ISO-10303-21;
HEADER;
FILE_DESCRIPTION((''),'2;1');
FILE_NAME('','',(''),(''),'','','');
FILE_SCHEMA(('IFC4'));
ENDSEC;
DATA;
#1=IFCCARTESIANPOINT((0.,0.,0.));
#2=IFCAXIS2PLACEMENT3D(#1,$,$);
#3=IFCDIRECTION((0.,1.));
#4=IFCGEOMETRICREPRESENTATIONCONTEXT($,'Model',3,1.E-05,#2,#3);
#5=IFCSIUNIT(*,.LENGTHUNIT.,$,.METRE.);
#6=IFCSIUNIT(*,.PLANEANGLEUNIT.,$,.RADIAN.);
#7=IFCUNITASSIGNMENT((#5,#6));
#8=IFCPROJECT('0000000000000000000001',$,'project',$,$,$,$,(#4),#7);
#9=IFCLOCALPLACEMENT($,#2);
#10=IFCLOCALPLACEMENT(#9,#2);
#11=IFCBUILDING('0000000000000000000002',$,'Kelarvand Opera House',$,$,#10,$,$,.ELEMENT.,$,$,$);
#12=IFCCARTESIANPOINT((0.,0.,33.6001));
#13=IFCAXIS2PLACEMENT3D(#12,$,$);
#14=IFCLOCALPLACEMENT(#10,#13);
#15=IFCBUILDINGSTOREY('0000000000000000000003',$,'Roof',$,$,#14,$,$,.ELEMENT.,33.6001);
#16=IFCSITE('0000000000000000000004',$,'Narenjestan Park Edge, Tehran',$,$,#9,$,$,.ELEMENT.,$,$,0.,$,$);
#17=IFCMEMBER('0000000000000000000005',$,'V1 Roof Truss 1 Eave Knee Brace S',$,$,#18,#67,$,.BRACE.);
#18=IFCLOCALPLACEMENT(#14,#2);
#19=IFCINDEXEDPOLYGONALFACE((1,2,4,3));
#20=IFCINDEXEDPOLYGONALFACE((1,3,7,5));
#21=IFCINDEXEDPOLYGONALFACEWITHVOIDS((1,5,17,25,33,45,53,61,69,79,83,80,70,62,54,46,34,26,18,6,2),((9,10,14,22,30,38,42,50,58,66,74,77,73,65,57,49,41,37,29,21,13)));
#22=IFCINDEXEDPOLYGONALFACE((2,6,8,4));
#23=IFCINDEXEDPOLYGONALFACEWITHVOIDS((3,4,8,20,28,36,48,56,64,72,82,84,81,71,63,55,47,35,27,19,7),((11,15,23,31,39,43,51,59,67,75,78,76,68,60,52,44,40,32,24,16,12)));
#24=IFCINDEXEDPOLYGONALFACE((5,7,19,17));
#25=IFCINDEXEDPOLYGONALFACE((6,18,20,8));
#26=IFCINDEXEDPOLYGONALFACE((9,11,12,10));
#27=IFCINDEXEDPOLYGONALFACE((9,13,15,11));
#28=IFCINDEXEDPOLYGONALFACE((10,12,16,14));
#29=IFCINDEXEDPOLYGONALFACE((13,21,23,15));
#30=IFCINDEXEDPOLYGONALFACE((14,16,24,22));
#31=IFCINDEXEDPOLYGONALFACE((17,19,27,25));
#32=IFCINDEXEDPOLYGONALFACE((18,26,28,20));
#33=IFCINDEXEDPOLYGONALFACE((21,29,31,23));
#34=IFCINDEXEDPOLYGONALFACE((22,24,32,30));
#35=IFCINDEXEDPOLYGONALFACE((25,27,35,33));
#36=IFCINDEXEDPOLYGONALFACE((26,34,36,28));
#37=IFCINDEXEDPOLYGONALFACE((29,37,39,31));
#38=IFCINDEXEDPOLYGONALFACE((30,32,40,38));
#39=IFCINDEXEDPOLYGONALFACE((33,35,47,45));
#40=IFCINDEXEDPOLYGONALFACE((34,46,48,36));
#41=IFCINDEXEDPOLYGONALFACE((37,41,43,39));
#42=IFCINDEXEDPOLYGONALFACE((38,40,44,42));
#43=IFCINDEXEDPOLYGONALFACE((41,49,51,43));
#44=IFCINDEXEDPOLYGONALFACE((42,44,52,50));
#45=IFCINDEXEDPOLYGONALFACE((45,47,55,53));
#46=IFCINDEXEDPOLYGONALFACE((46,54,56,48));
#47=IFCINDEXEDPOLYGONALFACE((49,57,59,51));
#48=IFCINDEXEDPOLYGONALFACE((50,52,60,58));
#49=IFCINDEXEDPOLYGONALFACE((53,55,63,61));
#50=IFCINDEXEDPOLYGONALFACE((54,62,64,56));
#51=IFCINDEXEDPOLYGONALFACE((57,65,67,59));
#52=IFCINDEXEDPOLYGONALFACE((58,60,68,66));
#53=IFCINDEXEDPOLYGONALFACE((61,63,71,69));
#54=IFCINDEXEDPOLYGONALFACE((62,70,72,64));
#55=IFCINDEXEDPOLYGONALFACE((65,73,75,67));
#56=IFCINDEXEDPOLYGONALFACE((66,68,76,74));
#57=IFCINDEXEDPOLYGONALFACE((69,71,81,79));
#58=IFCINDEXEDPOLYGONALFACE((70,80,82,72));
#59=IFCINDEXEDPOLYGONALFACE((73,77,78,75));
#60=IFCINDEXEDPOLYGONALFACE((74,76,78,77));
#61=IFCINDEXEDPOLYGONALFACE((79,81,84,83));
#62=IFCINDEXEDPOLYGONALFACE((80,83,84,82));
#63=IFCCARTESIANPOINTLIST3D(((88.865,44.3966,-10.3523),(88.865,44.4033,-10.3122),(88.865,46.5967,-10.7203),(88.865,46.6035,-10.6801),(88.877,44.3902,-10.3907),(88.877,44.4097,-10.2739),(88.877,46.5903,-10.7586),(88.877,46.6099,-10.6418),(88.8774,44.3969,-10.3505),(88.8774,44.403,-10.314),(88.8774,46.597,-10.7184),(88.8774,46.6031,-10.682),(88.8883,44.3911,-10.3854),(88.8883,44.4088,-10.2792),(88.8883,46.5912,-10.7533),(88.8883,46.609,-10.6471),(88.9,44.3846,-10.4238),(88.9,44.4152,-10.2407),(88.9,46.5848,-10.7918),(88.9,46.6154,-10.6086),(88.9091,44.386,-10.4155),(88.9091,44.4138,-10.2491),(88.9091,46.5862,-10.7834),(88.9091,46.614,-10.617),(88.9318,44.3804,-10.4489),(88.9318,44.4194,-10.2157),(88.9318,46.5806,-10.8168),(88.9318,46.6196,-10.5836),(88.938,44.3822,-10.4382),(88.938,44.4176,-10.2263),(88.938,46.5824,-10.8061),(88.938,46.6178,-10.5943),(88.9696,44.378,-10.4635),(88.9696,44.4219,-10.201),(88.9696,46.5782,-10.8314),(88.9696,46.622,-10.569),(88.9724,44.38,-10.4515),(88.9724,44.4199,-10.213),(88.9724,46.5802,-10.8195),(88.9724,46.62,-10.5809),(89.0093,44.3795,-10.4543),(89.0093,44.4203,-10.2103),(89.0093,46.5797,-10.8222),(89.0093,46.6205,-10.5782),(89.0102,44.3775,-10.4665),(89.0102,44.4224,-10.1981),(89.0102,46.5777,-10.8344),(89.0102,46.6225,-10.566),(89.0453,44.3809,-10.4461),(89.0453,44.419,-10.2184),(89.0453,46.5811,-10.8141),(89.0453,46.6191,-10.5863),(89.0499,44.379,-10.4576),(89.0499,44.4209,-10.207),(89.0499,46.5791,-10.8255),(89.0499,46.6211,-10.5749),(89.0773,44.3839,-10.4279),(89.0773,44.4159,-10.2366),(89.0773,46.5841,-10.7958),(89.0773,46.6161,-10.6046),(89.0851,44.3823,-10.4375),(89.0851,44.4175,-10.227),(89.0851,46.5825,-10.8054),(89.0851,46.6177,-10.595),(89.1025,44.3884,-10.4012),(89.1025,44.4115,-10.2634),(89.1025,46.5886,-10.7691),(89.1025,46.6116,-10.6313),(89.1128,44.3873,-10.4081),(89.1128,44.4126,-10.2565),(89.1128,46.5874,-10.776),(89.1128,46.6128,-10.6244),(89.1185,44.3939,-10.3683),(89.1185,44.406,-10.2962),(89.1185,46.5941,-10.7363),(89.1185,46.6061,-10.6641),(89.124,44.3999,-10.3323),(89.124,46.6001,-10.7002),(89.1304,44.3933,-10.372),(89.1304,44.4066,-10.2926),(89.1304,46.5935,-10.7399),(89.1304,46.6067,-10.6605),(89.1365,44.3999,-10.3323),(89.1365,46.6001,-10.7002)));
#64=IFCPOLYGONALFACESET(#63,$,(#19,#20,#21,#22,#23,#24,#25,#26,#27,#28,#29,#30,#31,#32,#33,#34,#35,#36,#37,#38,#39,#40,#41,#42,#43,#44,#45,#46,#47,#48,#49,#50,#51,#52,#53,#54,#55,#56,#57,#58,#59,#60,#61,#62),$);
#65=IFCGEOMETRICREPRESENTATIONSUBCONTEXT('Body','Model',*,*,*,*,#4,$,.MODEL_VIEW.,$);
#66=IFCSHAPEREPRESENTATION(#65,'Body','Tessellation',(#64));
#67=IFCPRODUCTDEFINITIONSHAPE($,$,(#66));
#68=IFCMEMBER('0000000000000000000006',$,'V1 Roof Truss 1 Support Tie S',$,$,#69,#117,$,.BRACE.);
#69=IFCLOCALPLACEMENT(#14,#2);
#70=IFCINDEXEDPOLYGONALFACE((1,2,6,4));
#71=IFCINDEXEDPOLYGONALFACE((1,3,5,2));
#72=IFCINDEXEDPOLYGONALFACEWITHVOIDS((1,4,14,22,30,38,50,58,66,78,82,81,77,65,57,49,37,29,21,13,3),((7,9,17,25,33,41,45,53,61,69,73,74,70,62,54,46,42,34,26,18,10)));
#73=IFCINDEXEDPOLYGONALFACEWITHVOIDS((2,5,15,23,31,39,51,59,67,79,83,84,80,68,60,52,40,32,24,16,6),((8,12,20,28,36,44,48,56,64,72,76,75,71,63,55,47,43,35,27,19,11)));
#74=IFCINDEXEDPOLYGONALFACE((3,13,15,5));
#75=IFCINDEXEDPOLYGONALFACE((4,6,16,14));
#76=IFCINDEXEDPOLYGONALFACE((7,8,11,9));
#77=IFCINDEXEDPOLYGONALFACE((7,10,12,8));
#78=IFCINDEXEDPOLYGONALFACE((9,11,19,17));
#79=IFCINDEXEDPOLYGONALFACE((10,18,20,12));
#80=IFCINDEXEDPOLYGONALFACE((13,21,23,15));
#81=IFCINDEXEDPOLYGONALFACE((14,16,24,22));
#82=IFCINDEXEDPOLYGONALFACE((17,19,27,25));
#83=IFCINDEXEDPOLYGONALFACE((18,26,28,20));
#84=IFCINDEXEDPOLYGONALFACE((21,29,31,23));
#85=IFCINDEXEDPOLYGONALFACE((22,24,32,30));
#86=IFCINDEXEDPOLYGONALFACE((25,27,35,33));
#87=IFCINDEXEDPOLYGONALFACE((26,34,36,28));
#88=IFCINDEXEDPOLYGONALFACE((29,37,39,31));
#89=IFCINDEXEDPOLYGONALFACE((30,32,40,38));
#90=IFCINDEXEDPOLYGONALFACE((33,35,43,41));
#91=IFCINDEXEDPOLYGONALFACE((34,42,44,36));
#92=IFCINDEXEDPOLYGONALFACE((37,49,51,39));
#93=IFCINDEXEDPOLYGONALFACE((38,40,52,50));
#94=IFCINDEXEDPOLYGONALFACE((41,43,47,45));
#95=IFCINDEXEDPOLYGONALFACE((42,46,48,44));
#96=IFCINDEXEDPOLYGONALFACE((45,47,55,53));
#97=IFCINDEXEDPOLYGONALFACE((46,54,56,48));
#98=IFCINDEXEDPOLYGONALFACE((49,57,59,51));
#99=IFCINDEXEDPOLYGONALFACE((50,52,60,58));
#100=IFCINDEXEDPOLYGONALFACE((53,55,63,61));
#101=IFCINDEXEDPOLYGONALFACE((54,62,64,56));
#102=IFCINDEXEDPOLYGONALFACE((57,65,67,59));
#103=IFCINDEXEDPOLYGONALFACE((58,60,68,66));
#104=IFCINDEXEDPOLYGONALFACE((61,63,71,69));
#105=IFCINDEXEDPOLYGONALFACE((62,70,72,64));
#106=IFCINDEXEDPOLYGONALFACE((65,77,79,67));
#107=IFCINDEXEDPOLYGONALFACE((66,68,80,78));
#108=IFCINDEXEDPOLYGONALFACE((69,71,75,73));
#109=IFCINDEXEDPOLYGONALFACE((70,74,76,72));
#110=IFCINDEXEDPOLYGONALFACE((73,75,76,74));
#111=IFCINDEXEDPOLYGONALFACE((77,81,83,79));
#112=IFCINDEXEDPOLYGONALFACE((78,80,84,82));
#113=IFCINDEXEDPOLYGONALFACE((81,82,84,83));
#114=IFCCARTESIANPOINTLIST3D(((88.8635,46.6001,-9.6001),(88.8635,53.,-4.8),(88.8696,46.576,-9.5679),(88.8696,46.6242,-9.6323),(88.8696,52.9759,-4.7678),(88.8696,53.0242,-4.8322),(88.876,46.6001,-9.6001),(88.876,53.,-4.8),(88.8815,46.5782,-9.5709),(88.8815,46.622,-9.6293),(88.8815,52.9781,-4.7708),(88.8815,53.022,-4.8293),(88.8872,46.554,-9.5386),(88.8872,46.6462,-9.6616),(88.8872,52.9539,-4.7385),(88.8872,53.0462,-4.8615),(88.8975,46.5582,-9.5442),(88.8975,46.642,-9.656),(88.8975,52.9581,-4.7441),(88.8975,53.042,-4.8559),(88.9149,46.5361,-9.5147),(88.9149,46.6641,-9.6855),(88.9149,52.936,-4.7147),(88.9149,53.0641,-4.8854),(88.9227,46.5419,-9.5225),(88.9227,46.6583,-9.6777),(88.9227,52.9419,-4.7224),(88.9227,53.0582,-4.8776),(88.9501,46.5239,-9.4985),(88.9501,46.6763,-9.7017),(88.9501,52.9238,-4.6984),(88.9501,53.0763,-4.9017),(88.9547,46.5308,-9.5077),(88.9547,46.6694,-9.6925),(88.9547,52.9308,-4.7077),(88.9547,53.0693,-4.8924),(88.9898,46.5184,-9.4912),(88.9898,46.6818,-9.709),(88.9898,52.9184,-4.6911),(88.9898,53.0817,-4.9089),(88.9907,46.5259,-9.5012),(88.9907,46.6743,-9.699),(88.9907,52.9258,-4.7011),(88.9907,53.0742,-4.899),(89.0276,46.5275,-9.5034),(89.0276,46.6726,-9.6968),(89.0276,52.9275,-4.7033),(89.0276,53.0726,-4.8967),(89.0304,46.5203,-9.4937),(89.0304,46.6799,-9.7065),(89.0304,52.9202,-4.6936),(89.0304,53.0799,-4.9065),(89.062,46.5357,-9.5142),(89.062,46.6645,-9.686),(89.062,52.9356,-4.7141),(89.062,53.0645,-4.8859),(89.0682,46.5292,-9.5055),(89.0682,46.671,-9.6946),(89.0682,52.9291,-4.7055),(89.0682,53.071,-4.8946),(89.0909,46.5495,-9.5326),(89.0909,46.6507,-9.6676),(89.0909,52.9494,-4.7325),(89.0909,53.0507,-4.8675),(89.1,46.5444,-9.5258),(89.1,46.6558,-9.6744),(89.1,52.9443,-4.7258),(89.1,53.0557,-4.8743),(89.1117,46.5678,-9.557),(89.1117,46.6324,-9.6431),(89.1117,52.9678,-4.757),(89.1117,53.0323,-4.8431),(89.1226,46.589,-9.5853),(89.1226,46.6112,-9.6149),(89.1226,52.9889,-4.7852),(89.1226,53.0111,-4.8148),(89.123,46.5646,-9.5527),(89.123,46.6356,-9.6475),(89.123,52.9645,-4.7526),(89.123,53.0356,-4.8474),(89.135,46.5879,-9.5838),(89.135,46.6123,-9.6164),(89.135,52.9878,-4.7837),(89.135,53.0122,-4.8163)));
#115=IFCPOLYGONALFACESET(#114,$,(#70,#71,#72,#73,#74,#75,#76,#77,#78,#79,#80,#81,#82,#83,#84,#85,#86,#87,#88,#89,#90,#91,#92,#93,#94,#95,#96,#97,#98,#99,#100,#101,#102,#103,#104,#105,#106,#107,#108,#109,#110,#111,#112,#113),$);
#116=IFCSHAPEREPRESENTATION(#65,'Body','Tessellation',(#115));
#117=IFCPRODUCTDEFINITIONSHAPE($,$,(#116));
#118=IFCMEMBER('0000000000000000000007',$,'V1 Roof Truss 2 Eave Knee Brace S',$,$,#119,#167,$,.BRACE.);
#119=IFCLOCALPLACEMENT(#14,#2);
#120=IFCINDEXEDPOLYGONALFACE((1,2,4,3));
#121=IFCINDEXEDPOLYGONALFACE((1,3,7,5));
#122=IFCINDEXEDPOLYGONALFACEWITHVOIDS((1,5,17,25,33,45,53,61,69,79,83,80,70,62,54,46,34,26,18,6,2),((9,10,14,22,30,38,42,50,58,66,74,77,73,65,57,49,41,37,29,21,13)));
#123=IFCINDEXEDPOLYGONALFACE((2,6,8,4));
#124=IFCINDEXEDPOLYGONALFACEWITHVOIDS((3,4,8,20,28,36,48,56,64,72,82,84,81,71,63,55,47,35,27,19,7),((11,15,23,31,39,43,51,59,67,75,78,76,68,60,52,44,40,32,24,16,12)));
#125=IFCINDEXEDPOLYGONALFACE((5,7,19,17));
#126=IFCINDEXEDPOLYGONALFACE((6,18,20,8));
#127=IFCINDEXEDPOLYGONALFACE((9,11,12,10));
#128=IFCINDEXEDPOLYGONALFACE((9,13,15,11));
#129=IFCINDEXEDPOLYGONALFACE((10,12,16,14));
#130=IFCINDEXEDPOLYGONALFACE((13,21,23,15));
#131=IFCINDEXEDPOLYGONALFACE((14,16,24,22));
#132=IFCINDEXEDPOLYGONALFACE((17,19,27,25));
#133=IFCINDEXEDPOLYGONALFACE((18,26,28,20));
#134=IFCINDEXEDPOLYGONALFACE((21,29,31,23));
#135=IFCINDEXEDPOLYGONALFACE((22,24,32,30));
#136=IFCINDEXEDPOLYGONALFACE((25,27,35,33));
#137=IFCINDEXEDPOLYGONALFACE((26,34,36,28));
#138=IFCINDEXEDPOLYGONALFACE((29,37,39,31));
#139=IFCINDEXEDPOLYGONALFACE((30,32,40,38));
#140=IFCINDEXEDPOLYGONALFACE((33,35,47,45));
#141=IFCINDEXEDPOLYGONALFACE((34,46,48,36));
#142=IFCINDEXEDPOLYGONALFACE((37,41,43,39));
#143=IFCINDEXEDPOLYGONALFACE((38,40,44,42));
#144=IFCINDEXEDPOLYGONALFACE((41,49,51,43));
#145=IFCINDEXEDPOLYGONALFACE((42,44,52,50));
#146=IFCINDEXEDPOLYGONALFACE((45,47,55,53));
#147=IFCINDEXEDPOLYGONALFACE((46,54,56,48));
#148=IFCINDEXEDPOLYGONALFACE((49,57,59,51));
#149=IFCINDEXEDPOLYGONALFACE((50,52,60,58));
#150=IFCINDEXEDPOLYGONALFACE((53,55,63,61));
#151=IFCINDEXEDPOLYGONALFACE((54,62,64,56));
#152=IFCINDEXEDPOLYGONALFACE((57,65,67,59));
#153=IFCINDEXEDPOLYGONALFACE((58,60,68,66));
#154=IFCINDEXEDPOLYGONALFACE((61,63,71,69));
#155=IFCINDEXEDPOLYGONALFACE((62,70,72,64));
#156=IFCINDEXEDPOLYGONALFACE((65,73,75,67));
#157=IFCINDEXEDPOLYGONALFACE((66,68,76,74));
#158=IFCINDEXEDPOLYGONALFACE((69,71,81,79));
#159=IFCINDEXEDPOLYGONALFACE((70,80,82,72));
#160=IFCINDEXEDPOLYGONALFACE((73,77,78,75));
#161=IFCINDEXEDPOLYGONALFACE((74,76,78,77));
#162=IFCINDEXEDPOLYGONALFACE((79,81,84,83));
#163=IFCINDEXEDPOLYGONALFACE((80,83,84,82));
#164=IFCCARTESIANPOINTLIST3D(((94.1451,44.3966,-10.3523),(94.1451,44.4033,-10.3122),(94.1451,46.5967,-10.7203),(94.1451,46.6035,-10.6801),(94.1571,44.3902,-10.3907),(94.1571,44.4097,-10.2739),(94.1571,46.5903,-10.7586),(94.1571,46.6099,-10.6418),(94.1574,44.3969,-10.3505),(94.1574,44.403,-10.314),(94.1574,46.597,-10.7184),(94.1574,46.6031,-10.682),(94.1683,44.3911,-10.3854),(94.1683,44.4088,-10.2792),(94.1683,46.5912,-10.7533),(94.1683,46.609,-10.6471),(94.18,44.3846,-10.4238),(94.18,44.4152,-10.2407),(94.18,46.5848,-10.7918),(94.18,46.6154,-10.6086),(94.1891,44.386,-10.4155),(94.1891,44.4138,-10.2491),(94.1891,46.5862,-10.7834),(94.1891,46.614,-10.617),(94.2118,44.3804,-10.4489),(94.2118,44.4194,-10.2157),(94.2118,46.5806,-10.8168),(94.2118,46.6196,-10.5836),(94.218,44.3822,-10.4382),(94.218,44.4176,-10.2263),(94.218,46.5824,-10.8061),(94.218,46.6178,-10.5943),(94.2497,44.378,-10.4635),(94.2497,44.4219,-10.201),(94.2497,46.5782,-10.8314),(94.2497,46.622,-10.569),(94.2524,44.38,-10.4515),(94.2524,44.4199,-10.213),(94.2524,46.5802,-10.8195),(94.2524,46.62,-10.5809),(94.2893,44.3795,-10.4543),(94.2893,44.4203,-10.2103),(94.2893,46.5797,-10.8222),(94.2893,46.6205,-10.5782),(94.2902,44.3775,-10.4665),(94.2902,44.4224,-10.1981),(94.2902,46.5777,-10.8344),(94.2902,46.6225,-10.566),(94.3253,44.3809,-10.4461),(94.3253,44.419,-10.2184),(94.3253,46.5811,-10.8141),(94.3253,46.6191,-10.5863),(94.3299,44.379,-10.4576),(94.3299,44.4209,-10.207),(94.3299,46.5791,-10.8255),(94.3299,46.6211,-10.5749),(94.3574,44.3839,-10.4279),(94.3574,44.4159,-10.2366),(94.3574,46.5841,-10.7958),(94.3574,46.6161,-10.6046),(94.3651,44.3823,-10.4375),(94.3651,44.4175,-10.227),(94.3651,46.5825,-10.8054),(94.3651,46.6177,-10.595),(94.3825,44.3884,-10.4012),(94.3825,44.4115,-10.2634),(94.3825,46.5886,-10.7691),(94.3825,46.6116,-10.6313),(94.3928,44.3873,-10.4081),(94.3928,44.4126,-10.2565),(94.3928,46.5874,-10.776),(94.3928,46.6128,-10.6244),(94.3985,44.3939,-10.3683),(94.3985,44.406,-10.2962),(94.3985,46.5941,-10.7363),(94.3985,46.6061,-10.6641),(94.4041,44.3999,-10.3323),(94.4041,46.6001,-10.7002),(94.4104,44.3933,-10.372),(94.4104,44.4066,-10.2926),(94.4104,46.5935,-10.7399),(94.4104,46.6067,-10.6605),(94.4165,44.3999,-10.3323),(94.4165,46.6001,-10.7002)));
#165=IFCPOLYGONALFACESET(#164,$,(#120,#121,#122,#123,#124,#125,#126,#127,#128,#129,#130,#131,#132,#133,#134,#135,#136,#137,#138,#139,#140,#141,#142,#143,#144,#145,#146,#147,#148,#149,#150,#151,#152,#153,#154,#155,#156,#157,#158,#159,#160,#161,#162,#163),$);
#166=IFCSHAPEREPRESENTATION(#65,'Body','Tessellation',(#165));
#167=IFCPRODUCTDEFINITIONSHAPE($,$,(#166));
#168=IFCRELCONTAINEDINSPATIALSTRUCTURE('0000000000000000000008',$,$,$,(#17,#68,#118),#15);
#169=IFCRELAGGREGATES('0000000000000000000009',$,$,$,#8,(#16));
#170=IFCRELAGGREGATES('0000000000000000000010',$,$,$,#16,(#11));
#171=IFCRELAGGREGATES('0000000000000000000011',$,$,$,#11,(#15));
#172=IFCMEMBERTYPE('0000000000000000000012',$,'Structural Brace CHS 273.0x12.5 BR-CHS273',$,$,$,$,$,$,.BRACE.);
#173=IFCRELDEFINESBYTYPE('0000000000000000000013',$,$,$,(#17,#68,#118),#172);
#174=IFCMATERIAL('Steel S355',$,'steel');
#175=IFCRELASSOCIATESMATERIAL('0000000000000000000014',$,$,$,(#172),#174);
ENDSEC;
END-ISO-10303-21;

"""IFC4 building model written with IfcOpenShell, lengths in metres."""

from ifc_helpers import new_model, si_unit, direction, frame, origin, origin_2d, place, context, subcontext, project, spatial, hollow_circle, extrude, material, material_profile, profile_set, type_object, element, save


model = new_model("IFC4")

# Units and contexts
model_context = context("Model", 3, precision=1e-05, world=origin(), true_north=direction((0.0, 1.0)))
body_context = subcontext(model_context, "Body", "Model", "MODEL_VIEW")
ifc_project = project(units=[si_unit("LENGTHUNIT", "METRE"), si_unit("PLANEANGLEUNIT", "RADIAN")], contexts=[model_context])

# Site, building, storey
site_placement = place(None, origin())
site = spatial("IfcSite", under=ifc_project, at=site_placement, Name="Narenjestan Park Edge, Tehran", CompositionType="ELEMENT", RefElevation=0.0)
building_placement = place(site_placement, origin())
building = spatial("IfcBuilding", under=site, at=building_placement, Name="Kelarvand Opera House", CompositionType="ELEMENT")
storey_placement = place(building_placement, frame((0.0, 0.0, 33.6001)))
storey = spatial("IfcBuildingStorey", under=building, at=storey_placement, Name="Roof", CompositionType="ELEMENT", Elevation=33.6001)

# Members
ifc_material_1 = material(Name="Steel S355", Category="steel")
ifc_material_profile_1 = material_profile(ifc_material_1, hollow_circle(Radius=0.1365, WallThickness=0.0125, at=origin_2d()), Name="CHS 273.0x12.5", Category="steel")
ifc_profile_set_1 = profile_set([ifc_material_profile_1], Name="Steel S355")
member_type_1 = type_object("IfcMemberType", Name="Structural Brace CHS 273.0x12.5 BR-CHS273", PredefinedType="BRACE", material=ifc_profile_set_1)
member_1_placement = place(storey_placement, frame((89.0, 46.6001, -10.7002), z_axis=(0.0, -0.986305, 0.164931), x_axis=(1.0, 0.0, 0.0)))
element("IfcMember", 1, at=member_1_placement, inside=storey, type_object=member_type_1, Name="V1 Roof Truss 1 Eave Knee Brace S", PredefinedType="BRACE", context=body_context, shape_type="SweptSolid", body=[
    extrude(hollow_circle(Radius=0.1365, WallThickness=0.0125, at=origin_2d()), origin(), (0.0, 0.0, 1.0), 2.2307),
])
member_2_placement = place(storey_placement, frame((89.0, 46.6001, -9.6001), z_axis=(0.0, 0.799993, 0.60001), x_axis=(-1.0, 0.0, 0.0)))
element("IfcMember", 2, at=member_2_placement, inside=storey, type_object=member_type_1, Name="V1 Roof Truss 1 Support Tie S", PredefinedType="BRACE", context=body_context, shape_type="SweptSolid", body=[
    extrude(hollow_circle(Radius=0.1365, WallThickness=0.0125, at=origin_2d()), origin(), (0.0, 0.0, 1.0), 8.0),
])
member_3_placement = place(storey_placement, frame((94.28, 46.6001, -10.7002), z_axis=(0.0, -0.986305, 0.164931), x_axis=(1.0, 0.0, 0.0)))
element("IfcMember", 3, at=member_3_placement, inside=storey, type_object=member_type_1, Name="V1 Roof Truss 2 Eave Knee Brace S", PredefinedType="BRACE", context=body_context, shape_type="SweptSolid", body=[
    extrude(hollow_circle(Radius=0.1365, WallThickness=0.0125, at=origin_2d()), origin(), (0.0, 0.0, 1.0), 2.2307),
])

save(model, "model.ifc")
